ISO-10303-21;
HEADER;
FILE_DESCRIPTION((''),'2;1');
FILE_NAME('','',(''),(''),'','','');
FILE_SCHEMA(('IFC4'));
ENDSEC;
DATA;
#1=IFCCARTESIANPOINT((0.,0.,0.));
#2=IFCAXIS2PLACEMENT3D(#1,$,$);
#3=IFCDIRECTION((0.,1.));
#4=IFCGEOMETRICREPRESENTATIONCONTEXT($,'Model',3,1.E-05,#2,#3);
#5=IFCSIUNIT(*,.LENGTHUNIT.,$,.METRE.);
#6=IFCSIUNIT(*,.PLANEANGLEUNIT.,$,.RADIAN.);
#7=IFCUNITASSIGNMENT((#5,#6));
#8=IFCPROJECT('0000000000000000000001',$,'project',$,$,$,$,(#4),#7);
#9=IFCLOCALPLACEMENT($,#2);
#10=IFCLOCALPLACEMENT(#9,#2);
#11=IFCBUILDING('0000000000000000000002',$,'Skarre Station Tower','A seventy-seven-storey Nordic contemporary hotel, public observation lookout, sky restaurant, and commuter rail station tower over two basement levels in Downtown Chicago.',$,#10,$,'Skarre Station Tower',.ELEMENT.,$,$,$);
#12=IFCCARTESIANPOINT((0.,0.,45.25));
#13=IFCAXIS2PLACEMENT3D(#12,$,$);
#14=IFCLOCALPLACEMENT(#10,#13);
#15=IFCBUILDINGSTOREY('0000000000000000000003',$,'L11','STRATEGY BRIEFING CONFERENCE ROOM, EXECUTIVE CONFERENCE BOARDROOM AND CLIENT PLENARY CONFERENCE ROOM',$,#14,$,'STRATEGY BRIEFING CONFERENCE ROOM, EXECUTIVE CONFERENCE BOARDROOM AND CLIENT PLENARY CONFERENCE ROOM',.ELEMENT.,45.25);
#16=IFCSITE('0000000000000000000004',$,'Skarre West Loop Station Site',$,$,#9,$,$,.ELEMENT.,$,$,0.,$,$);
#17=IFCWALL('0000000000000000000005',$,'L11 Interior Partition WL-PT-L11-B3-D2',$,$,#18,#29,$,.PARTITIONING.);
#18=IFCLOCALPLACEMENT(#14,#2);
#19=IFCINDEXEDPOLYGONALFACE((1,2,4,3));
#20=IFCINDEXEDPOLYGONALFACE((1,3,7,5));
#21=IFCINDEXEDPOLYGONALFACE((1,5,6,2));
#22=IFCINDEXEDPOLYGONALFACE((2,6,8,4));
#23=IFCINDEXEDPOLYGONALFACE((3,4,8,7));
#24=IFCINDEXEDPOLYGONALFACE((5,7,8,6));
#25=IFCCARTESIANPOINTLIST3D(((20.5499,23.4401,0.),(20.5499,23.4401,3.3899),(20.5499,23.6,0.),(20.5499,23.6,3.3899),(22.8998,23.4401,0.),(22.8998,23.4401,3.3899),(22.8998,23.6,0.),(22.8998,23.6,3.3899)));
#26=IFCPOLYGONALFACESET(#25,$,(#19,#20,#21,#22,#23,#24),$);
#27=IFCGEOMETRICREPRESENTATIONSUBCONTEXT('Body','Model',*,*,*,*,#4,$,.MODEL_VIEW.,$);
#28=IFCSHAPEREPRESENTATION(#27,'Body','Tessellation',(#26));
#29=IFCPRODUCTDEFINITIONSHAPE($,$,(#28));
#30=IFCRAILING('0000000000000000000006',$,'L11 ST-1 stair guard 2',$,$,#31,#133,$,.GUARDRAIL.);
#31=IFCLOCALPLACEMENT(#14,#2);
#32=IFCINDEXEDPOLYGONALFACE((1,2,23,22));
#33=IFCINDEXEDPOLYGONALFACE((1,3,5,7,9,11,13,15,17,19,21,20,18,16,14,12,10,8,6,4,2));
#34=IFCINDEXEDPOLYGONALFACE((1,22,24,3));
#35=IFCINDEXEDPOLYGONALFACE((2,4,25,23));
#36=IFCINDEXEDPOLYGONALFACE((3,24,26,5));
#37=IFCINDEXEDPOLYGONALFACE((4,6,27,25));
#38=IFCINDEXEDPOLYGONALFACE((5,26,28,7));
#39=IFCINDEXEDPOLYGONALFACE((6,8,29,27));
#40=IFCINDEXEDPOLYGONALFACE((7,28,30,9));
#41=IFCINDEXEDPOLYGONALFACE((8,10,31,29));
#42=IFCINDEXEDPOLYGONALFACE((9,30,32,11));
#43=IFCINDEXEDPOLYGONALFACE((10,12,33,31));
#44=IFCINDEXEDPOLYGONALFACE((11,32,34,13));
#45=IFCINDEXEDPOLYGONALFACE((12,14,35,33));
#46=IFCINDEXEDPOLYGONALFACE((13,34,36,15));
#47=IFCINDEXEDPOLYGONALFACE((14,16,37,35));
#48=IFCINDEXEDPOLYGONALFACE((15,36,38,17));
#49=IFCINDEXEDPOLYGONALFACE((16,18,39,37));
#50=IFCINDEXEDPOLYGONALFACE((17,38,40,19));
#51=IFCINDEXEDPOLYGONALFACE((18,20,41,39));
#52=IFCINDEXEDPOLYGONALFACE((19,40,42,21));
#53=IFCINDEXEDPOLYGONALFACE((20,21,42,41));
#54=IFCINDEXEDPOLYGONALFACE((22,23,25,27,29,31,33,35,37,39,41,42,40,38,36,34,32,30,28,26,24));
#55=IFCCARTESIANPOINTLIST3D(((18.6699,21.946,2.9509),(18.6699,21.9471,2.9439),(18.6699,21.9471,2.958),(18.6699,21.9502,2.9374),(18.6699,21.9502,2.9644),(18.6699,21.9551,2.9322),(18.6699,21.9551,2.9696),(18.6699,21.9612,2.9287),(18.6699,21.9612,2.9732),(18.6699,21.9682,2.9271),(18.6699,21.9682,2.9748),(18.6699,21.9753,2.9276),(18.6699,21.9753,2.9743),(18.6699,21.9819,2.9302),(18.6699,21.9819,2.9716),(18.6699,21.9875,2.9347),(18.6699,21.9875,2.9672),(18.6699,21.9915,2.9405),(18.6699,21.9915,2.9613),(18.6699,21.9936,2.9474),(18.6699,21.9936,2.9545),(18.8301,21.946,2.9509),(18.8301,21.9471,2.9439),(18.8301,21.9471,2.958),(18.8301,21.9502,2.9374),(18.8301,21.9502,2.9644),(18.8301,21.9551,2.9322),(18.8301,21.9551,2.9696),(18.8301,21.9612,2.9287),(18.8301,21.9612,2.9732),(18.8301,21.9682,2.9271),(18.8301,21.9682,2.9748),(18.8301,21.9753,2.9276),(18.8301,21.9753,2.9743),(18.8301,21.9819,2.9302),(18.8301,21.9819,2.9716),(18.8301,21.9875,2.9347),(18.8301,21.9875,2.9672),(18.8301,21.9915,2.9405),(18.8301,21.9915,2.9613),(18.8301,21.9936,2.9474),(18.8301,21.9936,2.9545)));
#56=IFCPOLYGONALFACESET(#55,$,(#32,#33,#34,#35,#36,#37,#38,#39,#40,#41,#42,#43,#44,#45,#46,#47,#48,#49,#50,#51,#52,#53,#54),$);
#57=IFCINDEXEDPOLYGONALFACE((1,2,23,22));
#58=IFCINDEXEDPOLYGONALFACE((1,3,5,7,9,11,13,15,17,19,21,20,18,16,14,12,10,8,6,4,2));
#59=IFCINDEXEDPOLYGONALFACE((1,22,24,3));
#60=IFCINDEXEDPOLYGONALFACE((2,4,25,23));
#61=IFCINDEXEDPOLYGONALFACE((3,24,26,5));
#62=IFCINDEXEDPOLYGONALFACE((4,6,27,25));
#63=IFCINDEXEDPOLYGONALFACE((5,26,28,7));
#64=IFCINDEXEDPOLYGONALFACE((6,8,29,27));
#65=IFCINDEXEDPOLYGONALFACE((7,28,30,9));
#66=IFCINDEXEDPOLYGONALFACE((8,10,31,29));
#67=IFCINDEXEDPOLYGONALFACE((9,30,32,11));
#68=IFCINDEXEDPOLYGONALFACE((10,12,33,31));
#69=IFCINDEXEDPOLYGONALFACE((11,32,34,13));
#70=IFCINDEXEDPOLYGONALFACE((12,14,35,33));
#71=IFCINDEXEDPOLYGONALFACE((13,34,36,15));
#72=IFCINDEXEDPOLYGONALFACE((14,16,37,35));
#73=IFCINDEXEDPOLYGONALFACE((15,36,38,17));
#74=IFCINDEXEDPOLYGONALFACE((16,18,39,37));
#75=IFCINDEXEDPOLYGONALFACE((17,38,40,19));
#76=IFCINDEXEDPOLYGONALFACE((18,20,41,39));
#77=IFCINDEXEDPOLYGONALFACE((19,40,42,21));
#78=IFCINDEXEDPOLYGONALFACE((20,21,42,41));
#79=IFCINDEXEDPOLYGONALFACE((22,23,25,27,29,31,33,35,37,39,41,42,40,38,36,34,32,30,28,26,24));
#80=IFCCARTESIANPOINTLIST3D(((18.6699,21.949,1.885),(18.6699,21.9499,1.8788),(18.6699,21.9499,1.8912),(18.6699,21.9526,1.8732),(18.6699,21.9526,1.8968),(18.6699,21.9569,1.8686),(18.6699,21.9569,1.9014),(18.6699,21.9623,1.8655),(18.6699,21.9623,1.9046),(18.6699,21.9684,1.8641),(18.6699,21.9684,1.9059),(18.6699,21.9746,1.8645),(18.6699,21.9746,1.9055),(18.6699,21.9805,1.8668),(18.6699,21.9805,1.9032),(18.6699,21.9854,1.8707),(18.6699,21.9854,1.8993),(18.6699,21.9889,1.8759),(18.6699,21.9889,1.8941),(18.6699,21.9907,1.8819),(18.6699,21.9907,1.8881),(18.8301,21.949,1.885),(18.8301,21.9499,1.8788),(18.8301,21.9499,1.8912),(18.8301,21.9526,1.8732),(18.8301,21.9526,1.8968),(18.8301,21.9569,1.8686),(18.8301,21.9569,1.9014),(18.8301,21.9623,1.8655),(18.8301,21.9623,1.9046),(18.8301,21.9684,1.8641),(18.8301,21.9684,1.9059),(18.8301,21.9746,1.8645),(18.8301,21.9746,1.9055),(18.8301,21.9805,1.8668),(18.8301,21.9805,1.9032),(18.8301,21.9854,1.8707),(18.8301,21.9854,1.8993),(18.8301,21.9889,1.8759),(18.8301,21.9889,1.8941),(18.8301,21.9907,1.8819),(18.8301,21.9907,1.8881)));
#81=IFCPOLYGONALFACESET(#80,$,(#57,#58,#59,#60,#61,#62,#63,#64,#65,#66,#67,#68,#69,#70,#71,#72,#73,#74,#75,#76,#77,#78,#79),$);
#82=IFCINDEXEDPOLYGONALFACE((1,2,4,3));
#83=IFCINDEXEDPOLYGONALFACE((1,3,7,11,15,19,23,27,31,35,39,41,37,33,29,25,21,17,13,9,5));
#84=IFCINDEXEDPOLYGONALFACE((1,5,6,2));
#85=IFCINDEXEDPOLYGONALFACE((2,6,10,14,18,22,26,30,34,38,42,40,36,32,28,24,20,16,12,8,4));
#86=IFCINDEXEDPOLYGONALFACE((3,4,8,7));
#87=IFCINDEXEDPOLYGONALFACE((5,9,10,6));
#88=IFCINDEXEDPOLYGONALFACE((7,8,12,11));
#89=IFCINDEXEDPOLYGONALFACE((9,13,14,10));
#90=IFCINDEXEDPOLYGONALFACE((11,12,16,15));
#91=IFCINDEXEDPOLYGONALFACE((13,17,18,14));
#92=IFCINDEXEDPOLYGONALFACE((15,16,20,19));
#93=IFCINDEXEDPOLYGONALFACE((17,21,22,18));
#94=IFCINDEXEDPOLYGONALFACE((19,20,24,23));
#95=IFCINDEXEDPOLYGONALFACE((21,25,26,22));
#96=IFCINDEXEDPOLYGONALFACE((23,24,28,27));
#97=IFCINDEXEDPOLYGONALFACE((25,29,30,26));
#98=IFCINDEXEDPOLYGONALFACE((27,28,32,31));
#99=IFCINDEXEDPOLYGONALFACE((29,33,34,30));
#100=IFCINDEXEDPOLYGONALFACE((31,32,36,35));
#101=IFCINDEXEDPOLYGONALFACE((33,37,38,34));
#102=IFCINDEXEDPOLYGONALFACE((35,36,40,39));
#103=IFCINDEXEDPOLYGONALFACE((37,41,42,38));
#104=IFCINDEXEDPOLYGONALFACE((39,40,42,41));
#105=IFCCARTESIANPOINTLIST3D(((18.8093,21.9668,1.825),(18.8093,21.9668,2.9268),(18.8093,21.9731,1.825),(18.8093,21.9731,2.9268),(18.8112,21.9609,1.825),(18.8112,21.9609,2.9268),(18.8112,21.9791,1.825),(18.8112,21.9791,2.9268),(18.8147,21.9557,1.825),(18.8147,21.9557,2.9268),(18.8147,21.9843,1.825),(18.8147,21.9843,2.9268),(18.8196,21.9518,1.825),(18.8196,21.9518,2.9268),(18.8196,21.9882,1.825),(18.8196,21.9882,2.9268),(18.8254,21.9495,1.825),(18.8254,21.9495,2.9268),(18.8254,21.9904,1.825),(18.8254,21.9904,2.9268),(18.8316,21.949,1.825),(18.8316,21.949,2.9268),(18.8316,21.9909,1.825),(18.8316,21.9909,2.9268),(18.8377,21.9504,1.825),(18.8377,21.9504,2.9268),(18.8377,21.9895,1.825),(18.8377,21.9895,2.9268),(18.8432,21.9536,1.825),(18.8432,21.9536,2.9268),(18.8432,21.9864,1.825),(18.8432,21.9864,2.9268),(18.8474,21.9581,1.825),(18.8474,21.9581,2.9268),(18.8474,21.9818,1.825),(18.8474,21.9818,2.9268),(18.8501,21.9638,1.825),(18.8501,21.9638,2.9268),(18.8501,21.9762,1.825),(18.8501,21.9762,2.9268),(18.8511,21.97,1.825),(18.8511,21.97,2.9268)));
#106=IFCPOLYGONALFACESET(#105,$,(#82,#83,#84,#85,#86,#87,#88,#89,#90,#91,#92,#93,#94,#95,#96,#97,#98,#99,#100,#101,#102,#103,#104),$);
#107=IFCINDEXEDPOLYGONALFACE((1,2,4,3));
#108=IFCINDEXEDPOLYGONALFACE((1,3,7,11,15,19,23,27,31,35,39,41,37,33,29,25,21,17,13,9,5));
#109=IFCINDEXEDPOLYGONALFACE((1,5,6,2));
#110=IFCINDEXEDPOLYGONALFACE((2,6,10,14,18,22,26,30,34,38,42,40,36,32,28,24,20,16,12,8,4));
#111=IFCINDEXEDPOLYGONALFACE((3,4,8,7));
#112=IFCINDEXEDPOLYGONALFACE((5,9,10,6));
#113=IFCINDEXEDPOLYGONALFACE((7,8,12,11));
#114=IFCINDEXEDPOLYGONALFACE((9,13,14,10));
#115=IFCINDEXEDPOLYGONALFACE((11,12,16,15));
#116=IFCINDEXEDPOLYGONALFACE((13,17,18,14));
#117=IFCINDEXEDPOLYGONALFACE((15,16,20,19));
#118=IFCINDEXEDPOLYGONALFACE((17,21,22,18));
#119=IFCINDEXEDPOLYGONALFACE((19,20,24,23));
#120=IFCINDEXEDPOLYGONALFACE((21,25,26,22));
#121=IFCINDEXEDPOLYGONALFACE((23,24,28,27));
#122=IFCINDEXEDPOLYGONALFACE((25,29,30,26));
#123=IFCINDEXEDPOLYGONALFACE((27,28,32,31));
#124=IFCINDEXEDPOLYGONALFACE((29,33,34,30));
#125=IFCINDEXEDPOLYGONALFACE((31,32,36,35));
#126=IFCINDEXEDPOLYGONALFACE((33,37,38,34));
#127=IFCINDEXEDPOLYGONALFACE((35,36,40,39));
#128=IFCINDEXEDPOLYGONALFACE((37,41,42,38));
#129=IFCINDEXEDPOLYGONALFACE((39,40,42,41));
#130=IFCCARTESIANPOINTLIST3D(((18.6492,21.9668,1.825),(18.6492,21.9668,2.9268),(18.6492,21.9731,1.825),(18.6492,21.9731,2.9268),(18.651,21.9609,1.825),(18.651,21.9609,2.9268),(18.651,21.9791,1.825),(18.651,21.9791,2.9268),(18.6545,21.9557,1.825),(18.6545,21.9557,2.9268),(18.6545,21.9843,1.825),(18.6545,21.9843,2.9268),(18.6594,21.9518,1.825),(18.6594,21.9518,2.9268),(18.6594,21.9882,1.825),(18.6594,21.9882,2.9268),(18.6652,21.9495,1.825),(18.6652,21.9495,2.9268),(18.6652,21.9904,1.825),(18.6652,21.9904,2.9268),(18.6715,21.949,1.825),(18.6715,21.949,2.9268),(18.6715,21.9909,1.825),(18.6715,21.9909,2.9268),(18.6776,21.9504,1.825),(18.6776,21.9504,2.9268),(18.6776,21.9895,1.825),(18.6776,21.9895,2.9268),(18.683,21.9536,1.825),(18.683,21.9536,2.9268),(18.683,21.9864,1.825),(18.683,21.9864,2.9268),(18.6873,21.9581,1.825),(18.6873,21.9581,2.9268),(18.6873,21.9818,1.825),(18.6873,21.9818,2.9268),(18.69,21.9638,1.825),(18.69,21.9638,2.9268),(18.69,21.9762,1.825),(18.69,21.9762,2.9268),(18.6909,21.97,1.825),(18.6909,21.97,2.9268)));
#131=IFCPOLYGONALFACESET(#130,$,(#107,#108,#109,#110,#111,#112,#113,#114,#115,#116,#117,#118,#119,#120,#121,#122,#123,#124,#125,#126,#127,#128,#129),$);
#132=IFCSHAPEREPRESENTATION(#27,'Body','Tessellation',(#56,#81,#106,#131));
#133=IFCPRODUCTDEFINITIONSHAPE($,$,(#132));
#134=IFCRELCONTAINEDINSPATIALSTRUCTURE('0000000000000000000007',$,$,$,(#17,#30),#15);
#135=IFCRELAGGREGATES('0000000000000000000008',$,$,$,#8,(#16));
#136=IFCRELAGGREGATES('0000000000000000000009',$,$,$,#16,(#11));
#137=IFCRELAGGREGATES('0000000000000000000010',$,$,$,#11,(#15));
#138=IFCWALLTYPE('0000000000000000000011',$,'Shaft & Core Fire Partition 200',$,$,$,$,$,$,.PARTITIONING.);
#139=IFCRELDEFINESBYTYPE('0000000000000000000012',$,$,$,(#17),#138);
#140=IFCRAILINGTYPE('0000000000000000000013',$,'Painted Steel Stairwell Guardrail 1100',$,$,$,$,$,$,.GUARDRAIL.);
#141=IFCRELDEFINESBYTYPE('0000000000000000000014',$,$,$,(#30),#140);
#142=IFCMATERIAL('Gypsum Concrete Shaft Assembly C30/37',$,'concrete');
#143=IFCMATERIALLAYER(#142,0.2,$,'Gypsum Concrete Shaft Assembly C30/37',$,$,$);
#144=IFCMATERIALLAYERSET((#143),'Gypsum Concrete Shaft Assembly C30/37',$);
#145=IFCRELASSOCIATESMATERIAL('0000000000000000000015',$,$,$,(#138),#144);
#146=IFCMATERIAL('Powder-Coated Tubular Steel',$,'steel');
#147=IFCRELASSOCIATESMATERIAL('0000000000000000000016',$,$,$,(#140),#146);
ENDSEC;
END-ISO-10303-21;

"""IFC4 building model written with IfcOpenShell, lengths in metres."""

from ifc_helpers import new_model, si_unit, direction, frame, frame_2d, origin, origin_2d, place, context, subcontext, project, spatial, rectangle, circle, extrude, material, layer, layer_set, type_object, element, save


model = new_model("IFC4")

# Units and contexts
model_context = context("Model", 3, precision=1e-05, world=origin(), true_north=direction((0.0, 1.0)))
body_context = subcontext(model_context, "Body", "Model", "MODEL_VIEW")
ifc_project = project(units=[si_unit("LENGTHUNIT", "METRE"), si_unit("PLANEANGLEUNIT", "RADIAN")], contexts=[model_context])

# Site, building, storey
site_placement = place(None, origin())
site = spatial("IfcSite", under=ifc_project, at=site_placement, Name="Skarre West Loop Station Site", CompositionType="ELEMENT", RefElevation=0.0)
building_placement = place(site_placement, origin())
building = spatial("IfcBuilding", under=site, at=building_placement, Name="Skarre Station Tower", Description="A seventy-seven-storey Nordic contemporary hotel, public observation lookout, sky restaurant, and commuter rail station tower over two basement levels in Downtown Chicago.", LongName="Skarre Station Tower", CompositionType="ELEMENT")
storey_placement = place(building_placement, frame((0.0, 0.0, 45.25)))
storey = spatial("IfcBuildingStorey", under=building, at=storey_placement, Name="L11", Description="STRATEGY BRIEFING CONFERENCE ROOM, EXECUTIVE CONFERENCE BOARDROOM AND CLIENT PLENARY CONFERENCE ROOM", LongName="STRATEGY BRIEFING CONFERENCE ROOM, EXECUTIVE CONFERENCE BOARDROOM AND CLIENT PLENARY CONFERENCE ROOM", CompositionType="ELEMENT", Elevation=45.25)

# Shared definitions
ifc_material_1 = material(Name="Gypsum Concrete Shaft Assembly C30/37", Category="concrete")
ifc_layer_1 = layer(ifc_material_1, 0.2, Name="Gypsum Concrete Shaft Assembly C30/37")
ifc_layer_set_1 = layer_set([ifc_layer_1], Name="Gypsum Concrete Shaft Assembly C30/37")
wall_type_1 = type_object("IfcWallType", Name="Shaft & Core Fire Partition 200", PredefinedType="PARTITIONING", material=ifc_layer_set_1)

# Wall
wall_1_placement = place(storey_placement, frame((20.55, 23.52, 0.0), z_axis=(0.0, 0.0, 1.0), x_axis=(1.0, 0.0, 0.0)))
element("IfcWall", 1, at=wall_1_placement, inside=storey, type_object=wall_type_1, Name="L11 Interior Partition WL-PT-L11-B3-D2", PredefinedType="PARTITIONING", context=body_context, shape_type="SweptSolid", body=[
    extrude(rectangle(XDim=2.3499, YDim=0.1599, at=frame_2d((1.1748, 0.0))), origin(), (0.0, 0.0, 1.0), 3.3899),
])

# Railing
ifc_material_2 = material(Name="Powder-Coated Tubular Steel", Category="steel")
railing_type = type_object("IfcRailingType", Name="Painted Steel Stairwell Guardrail 1100", PredefinedType="GUARDRAIL", material=ifc_material_2)
railing_1_placement = place(storey_placement, frame((18.8301, 21.97, 1.825)))
element("IfcRailing", 2, at=railing_1_placement, inside=storey, type_object=railing_type, Name="L11 ST-1 stair guard 2", PredefinedType="GUARDRAIL", context=body_context, shape_type="SweptSolid", body=[
    extrude(circle(Radius=0.0239, at=origin_2d()), frame((0.0, 0.0, 1.126), z_axis=(-1.0, 0.0, 0.0), x_axis=(0.0, -1.0, 0.0)), (0.0, 0.0, 1.0), 0.1602),
    extrude(circle(Radius=0.021, at=origin_2d()), frame((0.0, 0.0, 0.0601), z_axis=(-1.0, 0.0, 0.0), x_axis=(0.0, -1.0, 0.0)), (0.0, 0.0, 1.0), 0.1602),
    extrude(circle(Radius=0.021, at=origin_2d()), origin(), (0.0, 0.0, 1.0), 1.1018),
    extrude(circle(Radius=0.021, at=origin_2d()), frame((-0.1602, 0.0, 0.0)), (0.0, 0.0, 1.0), 1.1018),
])

save(model, "model.ifc")
